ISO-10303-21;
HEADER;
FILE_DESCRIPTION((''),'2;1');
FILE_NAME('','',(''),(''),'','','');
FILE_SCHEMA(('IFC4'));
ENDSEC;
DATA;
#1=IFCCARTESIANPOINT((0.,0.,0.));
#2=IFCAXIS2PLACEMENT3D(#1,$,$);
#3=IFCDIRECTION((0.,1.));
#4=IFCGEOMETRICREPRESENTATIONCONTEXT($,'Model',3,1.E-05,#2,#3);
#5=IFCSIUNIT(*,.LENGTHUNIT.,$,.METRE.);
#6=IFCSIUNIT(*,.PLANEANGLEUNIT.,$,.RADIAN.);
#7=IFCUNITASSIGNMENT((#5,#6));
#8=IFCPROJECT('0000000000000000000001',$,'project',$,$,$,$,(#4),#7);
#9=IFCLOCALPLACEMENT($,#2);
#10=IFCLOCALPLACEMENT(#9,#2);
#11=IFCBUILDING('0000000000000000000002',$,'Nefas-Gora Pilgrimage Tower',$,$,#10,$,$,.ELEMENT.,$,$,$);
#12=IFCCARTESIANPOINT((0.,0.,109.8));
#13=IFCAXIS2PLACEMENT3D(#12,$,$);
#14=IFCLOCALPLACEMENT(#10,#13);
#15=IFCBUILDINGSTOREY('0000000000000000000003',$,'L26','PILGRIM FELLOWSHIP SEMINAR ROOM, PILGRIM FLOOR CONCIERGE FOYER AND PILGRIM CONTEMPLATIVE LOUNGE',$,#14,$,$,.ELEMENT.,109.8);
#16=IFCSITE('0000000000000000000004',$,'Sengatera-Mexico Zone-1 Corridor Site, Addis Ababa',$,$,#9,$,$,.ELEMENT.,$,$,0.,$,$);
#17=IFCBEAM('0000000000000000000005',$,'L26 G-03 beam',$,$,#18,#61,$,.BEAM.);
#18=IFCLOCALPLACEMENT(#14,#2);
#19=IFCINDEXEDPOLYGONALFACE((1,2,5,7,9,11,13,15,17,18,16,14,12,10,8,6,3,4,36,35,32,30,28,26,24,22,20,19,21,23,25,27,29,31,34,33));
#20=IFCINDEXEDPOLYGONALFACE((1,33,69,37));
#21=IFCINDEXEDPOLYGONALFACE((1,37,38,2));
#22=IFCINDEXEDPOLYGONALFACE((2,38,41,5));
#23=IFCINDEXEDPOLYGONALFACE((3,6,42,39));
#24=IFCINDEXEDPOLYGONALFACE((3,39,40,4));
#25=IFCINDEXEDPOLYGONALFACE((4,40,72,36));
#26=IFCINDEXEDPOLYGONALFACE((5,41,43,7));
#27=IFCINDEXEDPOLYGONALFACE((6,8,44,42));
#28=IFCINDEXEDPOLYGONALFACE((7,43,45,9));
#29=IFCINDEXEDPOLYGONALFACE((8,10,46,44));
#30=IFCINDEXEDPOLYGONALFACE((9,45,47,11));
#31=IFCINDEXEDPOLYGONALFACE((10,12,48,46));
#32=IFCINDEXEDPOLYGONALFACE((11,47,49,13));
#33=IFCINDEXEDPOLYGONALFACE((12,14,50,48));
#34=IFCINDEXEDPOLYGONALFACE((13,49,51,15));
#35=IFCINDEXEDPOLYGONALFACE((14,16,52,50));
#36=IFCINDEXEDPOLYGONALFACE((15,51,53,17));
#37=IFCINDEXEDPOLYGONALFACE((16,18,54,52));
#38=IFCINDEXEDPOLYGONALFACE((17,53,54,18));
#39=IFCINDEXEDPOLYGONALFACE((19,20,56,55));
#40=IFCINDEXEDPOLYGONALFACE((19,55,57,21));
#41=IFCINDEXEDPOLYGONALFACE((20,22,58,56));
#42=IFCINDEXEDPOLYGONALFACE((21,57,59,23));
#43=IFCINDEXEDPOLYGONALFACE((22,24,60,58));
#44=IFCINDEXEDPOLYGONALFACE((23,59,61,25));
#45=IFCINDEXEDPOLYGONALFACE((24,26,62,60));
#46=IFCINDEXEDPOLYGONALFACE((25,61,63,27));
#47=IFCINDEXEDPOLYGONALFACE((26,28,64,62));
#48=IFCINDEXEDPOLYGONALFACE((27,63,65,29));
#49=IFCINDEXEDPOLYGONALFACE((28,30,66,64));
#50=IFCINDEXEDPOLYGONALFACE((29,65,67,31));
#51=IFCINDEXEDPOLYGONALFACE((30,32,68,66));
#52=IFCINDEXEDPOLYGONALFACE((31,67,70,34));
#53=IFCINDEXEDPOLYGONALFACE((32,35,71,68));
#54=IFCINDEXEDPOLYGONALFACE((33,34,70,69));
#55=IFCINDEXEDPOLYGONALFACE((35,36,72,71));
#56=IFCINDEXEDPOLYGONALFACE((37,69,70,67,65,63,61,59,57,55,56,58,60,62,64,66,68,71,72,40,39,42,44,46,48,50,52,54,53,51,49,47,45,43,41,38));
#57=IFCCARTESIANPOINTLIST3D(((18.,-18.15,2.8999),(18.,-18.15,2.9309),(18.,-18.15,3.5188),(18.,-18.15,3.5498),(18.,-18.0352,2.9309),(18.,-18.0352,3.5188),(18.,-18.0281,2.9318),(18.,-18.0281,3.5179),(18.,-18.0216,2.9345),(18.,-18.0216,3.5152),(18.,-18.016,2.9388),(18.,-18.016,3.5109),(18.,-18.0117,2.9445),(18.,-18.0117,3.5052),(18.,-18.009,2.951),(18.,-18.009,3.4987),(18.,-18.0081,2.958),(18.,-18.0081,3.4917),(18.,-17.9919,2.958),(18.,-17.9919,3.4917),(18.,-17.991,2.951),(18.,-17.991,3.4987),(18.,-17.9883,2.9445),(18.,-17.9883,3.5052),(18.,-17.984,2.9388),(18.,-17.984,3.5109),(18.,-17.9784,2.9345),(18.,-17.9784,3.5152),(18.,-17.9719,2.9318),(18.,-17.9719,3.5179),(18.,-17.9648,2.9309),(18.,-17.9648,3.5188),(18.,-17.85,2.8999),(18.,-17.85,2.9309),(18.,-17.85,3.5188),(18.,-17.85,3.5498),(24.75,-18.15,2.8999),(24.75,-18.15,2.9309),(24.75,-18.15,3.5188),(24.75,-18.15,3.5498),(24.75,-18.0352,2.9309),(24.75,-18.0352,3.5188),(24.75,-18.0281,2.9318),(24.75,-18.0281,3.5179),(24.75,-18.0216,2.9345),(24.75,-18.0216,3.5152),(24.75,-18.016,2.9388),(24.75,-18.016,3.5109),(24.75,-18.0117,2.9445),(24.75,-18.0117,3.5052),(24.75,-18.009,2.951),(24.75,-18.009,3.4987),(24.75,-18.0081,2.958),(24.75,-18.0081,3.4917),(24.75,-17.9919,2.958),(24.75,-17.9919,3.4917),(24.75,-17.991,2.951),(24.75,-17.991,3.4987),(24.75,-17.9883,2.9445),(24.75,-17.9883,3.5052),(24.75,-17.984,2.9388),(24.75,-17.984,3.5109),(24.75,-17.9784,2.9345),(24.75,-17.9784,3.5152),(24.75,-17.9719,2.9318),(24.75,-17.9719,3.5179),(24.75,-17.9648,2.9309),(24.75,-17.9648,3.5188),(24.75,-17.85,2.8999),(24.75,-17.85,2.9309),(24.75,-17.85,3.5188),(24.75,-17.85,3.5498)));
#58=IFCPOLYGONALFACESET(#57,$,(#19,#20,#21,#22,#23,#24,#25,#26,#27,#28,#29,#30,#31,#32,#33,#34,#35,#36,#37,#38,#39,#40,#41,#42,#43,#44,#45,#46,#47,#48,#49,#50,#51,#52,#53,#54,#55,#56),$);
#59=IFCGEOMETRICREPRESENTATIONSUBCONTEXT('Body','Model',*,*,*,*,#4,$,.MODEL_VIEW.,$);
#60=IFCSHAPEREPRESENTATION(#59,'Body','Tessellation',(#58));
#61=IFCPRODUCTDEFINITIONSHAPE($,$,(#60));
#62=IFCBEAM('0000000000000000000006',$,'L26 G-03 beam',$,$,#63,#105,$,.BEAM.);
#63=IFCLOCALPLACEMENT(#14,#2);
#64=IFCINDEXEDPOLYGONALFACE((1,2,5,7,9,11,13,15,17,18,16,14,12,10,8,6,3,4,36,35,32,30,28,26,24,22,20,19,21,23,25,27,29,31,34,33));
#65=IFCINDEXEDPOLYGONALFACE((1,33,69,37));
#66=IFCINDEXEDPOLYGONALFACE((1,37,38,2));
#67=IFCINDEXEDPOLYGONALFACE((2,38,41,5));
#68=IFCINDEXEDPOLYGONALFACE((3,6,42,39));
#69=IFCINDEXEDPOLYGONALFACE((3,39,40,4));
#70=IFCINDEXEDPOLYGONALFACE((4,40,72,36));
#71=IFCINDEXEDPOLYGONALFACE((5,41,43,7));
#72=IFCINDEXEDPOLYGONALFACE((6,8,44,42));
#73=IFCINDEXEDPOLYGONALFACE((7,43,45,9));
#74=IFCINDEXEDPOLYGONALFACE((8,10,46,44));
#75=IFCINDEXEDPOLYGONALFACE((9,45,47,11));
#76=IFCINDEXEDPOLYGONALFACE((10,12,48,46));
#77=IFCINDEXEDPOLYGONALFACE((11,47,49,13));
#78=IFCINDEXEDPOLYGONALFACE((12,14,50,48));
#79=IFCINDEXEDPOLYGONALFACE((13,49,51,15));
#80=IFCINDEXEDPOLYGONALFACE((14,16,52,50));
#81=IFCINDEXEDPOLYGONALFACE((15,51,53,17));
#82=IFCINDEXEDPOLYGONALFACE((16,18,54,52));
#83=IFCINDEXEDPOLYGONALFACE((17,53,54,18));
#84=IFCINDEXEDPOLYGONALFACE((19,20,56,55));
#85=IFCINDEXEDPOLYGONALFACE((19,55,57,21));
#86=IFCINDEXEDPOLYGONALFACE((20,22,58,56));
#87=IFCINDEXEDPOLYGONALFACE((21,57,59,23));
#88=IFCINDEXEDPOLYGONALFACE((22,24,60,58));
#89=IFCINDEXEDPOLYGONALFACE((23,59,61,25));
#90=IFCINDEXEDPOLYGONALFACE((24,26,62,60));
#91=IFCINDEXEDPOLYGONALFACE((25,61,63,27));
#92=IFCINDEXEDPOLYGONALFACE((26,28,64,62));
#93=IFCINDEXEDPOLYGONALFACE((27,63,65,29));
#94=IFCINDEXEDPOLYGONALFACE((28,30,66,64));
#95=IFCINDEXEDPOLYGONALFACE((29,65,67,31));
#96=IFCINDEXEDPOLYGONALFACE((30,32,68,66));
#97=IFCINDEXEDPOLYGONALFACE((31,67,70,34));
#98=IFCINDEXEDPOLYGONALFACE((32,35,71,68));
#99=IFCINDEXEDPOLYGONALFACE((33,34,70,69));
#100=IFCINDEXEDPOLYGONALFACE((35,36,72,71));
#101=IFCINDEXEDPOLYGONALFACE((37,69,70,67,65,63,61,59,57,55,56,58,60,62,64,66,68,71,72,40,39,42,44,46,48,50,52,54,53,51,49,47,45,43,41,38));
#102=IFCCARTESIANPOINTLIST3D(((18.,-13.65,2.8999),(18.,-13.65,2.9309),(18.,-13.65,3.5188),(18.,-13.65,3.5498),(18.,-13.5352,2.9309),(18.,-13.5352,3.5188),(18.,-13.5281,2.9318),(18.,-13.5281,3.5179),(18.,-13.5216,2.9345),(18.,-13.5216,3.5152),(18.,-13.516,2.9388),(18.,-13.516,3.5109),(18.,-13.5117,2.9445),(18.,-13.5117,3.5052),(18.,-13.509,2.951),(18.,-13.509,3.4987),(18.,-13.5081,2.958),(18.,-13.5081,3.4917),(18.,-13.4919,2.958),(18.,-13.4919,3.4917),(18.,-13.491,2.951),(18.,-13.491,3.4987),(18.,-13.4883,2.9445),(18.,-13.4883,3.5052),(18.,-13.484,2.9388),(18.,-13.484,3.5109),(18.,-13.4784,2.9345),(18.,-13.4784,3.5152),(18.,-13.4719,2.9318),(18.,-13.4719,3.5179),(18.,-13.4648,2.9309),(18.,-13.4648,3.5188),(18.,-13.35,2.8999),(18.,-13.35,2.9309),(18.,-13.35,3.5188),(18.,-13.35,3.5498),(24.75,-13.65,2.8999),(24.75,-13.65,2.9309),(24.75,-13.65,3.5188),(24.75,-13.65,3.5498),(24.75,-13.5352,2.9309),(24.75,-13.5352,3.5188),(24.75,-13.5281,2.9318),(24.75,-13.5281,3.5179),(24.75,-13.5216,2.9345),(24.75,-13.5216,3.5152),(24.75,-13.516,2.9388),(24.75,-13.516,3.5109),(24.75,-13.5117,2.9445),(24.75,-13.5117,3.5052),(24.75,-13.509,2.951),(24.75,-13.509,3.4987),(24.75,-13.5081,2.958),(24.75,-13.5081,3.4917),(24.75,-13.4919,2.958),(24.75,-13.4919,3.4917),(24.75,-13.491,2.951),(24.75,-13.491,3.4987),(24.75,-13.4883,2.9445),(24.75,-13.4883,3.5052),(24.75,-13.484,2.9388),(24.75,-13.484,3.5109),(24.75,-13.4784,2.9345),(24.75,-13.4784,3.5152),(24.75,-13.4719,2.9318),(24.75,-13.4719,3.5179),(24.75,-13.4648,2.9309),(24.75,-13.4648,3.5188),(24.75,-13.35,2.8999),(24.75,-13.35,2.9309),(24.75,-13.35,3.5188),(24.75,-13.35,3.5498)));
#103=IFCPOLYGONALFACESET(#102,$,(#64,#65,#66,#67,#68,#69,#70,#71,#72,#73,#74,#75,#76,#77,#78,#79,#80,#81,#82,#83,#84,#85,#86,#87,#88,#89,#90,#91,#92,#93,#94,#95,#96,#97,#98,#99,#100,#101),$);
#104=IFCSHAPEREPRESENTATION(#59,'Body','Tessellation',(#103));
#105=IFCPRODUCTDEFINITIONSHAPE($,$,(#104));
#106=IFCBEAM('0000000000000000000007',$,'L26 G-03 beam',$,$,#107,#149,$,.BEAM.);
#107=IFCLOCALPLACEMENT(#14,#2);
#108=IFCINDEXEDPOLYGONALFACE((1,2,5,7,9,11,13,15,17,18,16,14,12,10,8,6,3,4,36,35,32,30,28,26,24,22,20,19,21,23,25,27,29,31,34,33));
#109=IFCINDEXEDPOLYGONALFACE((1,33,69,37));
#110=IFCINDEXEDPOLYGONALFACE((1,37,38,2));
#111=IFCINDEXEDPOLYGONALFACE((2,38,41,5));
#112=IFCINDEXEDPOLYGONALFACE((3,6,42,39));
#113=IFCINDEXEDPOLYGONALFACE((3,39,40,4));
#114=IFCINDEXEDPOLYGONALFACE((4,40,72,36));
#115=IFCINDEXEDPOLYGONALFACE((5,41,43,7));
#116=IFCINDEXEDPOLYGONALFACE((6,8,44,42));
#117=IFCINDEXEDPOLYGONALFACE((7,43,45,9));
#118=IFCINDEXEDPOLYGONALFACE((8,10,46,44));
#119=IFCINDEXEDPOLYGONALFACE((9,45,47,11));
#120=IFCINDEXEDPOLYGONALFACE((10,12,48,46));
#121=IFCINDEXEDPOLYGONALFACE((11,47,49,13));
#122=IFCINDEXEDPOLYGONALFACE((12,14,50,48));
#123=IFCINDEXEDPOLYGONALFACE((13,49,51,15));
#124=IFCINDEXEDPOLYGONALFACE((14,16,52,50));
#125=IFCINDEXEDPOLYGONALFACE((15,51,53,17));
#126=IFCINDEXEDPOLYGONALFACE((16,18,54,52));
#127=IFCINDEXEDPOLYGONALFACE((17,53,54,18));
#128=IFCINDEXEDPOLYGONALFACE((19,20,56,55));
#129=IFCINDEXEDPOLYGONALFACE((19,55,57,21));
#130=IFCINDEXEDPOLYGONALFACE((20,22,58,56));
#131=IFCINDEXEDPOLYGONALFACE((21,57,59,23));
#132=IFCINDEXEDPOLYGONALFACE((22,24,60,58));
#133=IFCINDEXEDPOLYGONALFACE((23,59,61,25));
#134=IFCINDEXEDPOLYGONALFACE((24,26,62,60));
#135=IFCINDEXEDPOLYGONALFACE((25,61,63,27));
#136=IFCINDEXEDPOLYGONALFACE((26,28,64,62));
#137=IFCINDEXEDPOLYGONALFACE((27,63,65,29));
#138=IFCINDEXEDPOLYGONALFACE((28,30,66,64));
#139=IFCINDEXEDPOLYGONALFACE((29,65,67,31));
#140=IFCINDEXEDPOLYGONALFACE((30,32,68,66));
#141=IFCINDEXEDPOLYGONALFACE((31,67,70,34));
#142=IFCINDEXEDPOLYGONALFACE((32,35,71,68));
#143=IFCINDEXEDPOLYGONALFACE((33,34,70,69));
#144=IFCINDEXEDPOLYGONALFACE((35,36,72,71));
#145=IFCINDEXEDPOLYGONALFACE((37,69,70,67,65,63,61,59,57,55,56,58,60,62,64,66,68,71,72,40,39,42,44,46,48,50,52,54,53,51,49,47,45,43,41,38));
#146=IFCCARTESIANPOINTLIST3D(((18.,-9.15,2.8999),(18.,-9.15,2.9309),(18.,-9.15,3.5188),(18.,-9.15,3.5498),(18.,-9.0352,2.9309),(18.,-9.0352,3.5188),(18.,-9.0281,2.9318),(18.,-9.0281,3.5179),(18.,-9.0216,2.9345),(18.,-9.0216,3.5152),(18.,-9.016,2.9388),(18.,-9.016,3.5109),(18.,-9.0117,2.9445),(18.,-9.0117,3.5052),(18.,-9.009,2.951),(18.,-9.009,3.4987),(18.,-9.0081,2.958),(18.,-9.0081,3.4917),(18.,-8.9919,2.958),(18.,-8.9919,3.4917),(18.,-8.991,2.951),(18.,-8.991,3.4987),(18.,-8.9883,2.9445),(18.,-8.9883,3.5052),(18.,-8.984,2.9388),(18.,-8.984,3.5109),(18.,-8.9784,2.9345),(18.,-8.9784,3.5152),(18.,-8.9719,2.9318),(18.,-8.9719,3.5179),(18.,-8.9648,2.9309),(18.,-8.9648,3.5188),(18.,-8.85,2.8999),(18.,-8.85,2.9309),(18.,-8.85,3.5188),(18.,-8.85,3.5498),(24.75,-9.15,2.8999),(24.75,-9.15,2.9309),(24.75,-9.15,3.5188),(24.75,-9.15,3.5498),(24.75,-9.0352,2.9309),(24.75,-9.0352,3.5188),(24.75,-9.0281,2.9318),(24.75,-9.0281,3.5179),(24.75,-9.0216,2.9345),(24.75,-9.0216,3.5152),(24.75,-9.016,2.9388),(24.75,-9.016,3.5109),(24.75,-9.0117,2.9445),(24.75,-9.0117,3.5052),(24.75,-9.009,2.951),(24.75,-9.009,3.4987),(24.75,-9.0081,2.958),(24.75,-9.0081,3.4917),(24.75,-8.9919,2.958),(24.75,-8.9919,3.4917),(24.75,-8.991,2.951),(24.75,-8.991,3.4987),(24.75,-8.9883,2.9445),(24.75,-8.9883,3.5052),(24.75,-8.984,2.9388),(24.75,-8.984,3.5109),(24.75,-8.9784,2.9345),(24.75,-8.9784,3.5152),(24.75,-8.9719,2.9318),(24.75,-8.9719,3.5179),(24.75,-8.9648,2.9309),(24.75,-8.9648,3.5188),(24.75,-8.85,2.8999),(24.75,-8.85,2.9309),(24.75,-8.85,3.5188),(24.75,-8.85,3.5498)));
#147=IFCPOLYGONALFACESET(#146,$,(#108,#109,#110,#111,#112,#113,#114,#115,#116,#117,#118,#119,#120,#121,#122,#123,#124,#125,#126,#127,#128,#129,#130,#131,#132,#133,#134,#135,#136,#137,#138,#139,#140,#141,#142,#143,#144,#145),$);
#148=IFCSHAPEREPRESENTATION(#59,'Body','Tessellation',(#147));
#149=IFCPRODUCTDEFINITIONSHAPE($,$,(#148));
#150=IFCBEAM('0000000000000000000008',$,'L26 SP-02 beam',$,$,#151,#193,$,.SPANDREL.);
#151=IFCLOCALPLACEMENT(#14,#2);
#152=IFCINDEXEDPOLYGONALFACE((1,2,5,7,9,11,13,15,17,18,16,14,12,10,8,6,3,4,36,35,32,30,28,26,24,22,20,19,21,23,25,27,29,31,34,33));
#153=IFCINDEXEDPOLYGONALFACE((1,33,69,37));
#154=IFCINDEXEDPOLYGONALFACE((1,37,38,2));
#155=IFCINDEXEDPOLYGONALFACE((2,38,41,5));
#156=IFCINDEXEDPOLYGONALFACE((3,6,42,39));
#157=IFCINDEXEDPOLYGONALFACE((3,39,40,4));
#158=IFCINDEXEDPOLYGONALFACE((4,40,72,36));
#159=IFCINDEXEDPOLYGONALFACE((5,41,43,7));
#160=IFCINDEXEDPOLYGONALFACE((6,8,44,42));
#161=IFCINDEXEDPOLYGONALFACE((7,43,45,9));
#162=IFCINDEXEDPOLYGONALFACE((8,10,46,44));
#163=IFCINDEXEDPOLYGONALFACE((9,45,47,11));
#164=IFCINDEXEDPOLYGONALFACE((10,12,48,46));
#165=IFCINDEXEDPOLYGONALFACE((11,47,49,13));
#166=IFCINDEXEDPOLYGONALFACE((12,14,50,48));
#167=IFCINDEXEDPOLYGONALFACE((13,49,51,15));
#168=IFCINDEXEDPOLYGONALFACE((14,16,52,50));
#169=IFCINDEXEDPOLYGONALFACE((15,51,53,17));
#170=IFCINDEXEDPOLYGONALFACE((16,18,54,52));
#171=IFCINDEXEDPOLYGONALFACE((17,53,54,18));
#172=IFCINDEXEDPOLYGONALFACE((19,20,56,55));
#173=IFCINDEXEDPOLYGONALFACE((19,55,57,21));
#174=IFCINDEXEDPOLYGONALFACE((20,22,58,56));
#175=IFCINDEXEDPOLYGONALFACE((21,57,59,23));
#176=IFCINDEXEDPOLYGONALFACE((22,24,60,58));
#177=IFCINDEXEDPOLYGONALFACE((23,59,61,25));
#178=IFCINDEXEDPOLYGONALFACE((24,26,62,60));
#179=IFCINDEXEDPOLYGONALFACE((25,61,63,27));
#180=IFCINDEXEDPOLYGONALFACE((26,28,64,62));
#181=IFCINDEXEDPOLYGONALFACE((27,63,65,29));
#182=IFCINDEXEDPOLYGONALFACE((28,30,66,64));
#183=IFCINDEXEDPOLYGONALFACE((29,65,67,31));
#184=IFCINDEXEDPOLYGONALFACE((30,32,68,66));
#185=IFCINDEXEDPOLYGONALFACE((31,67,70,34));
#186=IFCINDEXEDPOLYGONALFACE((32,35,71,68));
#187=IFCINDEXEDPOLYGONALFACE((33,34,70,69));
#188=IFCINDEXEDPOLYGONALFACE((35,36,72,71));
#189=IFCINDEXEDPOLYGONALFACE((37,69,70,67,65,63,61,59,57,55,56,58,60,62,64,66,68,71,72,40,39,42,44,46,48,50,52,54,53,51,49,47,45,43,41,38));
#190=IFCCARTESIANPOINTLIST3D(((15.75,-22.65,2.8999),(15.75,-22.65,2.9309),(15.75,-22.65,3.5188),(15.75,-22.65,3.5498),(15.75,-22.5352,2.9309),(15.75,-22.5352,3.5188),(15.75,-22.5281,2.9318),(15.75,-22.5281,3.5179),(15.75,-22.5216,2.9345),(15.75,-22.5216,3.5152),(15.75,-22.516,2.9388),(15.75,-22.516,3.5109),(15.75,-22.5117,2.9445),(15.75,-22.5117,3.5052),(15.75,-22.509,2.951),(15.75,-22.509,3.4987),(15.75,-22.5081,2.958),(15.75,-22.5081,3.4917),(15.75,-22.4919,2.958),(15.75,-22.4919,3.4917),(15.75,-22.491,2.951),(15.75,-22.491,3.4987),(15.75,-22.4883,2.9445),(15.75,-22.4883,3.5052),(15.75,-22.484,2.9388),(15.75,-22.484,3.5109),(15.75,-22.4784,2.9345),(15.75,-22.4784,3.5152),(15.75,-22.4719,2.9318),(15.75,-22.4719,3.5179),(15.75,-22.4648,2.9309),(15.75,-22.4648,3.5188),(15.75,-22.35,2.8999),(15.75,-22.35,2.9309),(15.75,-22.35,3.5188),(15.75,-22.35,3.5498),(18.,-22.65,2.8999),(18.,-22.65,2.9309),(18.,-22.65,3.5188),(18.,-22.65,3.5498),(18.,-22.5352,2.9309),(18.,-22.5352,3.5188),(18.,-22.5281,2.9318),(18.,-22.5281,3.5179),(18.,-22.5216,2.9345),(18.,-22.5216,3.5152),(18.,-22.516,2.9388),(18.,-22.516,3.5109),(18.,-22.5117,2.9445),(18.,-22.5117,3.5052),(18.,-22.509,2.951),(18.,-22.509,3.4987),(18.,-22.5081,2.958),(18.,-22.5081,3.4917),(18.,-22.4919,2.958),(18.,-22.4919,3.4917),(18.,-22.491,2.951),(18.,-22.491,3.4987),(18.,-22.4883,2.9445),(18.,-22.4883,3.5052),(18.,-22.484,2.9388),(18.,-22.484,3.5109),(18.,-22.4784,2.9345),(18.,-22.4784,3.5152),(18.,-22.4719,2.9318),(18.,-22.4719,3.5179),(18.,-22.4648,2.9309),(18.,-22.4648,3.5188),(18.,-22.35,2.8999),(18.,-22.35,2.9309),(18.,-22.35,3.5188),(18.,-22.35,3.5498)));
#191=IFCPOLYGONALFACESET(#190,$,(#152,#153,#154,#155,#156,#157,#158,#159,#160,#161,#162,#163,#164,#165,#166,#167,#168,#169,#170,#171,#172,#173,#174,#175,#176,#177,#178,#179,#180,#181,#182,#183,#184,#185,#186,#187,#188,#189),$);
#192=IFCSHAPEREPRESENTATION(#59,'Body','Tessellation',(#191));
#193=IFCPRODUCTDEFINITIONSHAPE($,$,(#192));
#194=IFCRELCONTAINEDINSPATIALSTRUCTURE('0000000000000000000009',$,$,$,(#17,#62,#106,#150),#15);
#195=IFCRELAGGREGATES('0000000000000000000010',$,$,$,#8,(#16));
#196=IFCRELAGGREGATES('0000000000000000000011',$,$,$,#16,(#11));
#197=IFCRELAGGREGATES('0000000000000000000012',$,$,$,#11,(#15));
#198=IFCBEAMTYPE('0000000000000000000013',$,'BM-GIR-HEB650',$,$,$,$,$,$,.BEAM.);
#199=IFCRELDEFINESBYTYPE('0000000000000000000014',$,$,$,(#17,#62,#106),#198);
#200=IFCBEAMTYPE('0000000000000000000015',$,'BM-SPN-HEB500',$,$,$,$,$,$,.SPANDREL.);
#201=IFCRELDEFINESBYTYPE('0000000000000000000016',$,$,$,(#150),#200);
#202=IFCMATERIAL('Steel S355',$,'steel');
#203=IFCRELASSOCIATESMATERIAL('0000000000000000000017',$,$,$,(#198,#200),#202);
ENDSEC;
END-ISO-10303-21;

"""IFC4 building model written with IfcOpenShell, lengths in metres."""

from ifc_helpers import new_model, si_unit, direction, frame, origin, origin_2d, place, context, subcontext, project, spatial, i_section, extrude, source, transform, mapped, material, material_profile, profile_set, type_object, element, save


model = new_model("IFC4")

# Units and contexts
model_context = context("Model", 3, precision=1e-05, world=origin(), true_north=direction((0.0, 1.0)))
body_context = subcontext(model_context, "Body", "Model", "MODEL_VIEW")
ifc_project = project(units=[si_unit("LENGTHUNIT", "METRE"), si_unit("PLANEANGLEUNIT", "RADIAN")], contexts=[model_context])

# Site, building, storey
site_placement = place(None, origin())
site = spatial("IfcSite", under=ifc_project, at=site_placement, Name="Sengatera-Mexico Zone-1 Corridor Site, Addis Ababa", CompositionType="ELEMENT", RefElevation=0.0)
building_placement = place(site_placement, origin())
building = spatial("IfcBuilding", under=site, at=building_placement, Name="Nefas-Gora Pilgrimage Tower", CompositionType="ELEMENT")
storey_placement = place(building_placement, frame((0.0, 0.0, 109.8)))
storey = spatial("IfcBuildingStorey", under=building, at=storey_placement, Name="L26", Description="PILGRIM FELLOWSHIP SEMINAR ROOM, PILGRIM FLOOR CONCIERGE FOYER AND PILGRIM CONTEMPLATIVE LOUNGE", CompositionType="ELEMENT", Elevation=109.8)

# Beams
ifc_material_1 = material(Name="Steel S355", Category="steel")
ifc_material_profile_1 = material_profile(ifc_material_1, i_section(OverallWidth=0.3, OverallDepth=0.6499, WebThickness=0.0161, FlangeThickness=0.031, FilletRadius=0.0271, at=origin_2d()), Name="HEB 650")
ifc_profile_set_1 = profile_set([ifc_material_profile_1], Name="Steel S355")
beam_type_1 = type_object("IfcBeamType", Name="BM-GIR-HEB650", PredefinedType="BEAM", material=ifc_profile_set_1)
shared_shape_1 = source(origin(), body_context, "Body", "SweptSolid", [
    extrude(i_section(OverallWidth=0.3, OverallDepth=0.6499, WebThickness=0.0161, FlangeThickness=0.031, FilletRadius=0.0271, at=origin_2d()), origin(), (0.0, 0.0, 1.0), 6.75),
])
for number, where, z_axis, x_axis, name in (
    (1, (18.0, -18.0, 3.2249), (1.0, 0.0, 0.0), (0.0, 1.0, 0.0), "L26 G-03 beam"),
    (2, (18.0, -13.5, 3.2249), (1.0, 0.0, 0.0), (0.0, 1.0, 0.0), "L26 G-03 beam"),
    (3, (18.0, -9.0, 3.2249), (1.0, 0.0, 0.0), (0.0, 1.0, 0.0), "L26 G-03 beam"),
):
    element("IfcBeam", number, at=place(storey_placement, frame(where, z_axis=z_axis, x_axis=x_axis)), inside=storey, type_object=beam_type_1, Name=name, PredefinedType="BEAM", context=body_context, shape_type="MappedRepresentation", body=[
        mapped(shared_shape_1, transform((0.0, 0.0, 0.0), x_axis=(1.0, 0.0, 0.0), y_axis=(0.0, 1.0, 0.0), z_axis=(0.0, 0.0, 1.0), scale=1.0)),
    ])
ifc_material_profile_2 = material_profile(ifc_material_1, i_section(OverallWidth=0.3, OverallDepth=0.6499, WebThickness=0.0161, FlangeThickness=0.031, FilletRadius=0.0271, at=origin_2d()), Name="HEB 650")
ifc_profile_set_2 = profile_set([ifc_material_profile_2], Name="Steel S355")
beam_type_2 = type_object("IfcBeamType", Name="BM-SPN-HEB500", PredefinedType="SPANDREL", material=ifc_profile_set_2)
shared_shape_2 = source(origin(), body_context, "Body", "SweptSolid", [
    extrude(i_section(OverallWidth=0.3, OverallDepth=0.6499, WebThickness=0.0161, FlangeThickness=0.031, FilletRadius=0.0271, at=origin_2d()), origin(), (0.0, 0.0, 1.0), 2.25),
])
for number, where, z_axis, x_axis, name in (
    (4, (15.75, -22.5, 3.2249), (1.0, 0.0, 0.0), (0.0, 1.0, 0.0), "L26 SP-02 beam"),
):
    element("IfcBeam", number, at=place(storey_placement, frame(where, z_axis=z_axis, x_axis=x_axis)), inside=storey, type_object=beam_type_2, Name=name, PredefinedType="SPANDREL", context=body_context, shape_type="MappedRepresentation", body=[
        mapped(shared_shape_2, transform((0.0, 0.0, 0.0), x_axis=(1.0, 0.0, 0.0), y_axis=(0.0, 1.0, 0.0), z_axis=(0.0, 0.0, 1.0), scale=1.0)),
    ])

save(model, "model.ifc")
